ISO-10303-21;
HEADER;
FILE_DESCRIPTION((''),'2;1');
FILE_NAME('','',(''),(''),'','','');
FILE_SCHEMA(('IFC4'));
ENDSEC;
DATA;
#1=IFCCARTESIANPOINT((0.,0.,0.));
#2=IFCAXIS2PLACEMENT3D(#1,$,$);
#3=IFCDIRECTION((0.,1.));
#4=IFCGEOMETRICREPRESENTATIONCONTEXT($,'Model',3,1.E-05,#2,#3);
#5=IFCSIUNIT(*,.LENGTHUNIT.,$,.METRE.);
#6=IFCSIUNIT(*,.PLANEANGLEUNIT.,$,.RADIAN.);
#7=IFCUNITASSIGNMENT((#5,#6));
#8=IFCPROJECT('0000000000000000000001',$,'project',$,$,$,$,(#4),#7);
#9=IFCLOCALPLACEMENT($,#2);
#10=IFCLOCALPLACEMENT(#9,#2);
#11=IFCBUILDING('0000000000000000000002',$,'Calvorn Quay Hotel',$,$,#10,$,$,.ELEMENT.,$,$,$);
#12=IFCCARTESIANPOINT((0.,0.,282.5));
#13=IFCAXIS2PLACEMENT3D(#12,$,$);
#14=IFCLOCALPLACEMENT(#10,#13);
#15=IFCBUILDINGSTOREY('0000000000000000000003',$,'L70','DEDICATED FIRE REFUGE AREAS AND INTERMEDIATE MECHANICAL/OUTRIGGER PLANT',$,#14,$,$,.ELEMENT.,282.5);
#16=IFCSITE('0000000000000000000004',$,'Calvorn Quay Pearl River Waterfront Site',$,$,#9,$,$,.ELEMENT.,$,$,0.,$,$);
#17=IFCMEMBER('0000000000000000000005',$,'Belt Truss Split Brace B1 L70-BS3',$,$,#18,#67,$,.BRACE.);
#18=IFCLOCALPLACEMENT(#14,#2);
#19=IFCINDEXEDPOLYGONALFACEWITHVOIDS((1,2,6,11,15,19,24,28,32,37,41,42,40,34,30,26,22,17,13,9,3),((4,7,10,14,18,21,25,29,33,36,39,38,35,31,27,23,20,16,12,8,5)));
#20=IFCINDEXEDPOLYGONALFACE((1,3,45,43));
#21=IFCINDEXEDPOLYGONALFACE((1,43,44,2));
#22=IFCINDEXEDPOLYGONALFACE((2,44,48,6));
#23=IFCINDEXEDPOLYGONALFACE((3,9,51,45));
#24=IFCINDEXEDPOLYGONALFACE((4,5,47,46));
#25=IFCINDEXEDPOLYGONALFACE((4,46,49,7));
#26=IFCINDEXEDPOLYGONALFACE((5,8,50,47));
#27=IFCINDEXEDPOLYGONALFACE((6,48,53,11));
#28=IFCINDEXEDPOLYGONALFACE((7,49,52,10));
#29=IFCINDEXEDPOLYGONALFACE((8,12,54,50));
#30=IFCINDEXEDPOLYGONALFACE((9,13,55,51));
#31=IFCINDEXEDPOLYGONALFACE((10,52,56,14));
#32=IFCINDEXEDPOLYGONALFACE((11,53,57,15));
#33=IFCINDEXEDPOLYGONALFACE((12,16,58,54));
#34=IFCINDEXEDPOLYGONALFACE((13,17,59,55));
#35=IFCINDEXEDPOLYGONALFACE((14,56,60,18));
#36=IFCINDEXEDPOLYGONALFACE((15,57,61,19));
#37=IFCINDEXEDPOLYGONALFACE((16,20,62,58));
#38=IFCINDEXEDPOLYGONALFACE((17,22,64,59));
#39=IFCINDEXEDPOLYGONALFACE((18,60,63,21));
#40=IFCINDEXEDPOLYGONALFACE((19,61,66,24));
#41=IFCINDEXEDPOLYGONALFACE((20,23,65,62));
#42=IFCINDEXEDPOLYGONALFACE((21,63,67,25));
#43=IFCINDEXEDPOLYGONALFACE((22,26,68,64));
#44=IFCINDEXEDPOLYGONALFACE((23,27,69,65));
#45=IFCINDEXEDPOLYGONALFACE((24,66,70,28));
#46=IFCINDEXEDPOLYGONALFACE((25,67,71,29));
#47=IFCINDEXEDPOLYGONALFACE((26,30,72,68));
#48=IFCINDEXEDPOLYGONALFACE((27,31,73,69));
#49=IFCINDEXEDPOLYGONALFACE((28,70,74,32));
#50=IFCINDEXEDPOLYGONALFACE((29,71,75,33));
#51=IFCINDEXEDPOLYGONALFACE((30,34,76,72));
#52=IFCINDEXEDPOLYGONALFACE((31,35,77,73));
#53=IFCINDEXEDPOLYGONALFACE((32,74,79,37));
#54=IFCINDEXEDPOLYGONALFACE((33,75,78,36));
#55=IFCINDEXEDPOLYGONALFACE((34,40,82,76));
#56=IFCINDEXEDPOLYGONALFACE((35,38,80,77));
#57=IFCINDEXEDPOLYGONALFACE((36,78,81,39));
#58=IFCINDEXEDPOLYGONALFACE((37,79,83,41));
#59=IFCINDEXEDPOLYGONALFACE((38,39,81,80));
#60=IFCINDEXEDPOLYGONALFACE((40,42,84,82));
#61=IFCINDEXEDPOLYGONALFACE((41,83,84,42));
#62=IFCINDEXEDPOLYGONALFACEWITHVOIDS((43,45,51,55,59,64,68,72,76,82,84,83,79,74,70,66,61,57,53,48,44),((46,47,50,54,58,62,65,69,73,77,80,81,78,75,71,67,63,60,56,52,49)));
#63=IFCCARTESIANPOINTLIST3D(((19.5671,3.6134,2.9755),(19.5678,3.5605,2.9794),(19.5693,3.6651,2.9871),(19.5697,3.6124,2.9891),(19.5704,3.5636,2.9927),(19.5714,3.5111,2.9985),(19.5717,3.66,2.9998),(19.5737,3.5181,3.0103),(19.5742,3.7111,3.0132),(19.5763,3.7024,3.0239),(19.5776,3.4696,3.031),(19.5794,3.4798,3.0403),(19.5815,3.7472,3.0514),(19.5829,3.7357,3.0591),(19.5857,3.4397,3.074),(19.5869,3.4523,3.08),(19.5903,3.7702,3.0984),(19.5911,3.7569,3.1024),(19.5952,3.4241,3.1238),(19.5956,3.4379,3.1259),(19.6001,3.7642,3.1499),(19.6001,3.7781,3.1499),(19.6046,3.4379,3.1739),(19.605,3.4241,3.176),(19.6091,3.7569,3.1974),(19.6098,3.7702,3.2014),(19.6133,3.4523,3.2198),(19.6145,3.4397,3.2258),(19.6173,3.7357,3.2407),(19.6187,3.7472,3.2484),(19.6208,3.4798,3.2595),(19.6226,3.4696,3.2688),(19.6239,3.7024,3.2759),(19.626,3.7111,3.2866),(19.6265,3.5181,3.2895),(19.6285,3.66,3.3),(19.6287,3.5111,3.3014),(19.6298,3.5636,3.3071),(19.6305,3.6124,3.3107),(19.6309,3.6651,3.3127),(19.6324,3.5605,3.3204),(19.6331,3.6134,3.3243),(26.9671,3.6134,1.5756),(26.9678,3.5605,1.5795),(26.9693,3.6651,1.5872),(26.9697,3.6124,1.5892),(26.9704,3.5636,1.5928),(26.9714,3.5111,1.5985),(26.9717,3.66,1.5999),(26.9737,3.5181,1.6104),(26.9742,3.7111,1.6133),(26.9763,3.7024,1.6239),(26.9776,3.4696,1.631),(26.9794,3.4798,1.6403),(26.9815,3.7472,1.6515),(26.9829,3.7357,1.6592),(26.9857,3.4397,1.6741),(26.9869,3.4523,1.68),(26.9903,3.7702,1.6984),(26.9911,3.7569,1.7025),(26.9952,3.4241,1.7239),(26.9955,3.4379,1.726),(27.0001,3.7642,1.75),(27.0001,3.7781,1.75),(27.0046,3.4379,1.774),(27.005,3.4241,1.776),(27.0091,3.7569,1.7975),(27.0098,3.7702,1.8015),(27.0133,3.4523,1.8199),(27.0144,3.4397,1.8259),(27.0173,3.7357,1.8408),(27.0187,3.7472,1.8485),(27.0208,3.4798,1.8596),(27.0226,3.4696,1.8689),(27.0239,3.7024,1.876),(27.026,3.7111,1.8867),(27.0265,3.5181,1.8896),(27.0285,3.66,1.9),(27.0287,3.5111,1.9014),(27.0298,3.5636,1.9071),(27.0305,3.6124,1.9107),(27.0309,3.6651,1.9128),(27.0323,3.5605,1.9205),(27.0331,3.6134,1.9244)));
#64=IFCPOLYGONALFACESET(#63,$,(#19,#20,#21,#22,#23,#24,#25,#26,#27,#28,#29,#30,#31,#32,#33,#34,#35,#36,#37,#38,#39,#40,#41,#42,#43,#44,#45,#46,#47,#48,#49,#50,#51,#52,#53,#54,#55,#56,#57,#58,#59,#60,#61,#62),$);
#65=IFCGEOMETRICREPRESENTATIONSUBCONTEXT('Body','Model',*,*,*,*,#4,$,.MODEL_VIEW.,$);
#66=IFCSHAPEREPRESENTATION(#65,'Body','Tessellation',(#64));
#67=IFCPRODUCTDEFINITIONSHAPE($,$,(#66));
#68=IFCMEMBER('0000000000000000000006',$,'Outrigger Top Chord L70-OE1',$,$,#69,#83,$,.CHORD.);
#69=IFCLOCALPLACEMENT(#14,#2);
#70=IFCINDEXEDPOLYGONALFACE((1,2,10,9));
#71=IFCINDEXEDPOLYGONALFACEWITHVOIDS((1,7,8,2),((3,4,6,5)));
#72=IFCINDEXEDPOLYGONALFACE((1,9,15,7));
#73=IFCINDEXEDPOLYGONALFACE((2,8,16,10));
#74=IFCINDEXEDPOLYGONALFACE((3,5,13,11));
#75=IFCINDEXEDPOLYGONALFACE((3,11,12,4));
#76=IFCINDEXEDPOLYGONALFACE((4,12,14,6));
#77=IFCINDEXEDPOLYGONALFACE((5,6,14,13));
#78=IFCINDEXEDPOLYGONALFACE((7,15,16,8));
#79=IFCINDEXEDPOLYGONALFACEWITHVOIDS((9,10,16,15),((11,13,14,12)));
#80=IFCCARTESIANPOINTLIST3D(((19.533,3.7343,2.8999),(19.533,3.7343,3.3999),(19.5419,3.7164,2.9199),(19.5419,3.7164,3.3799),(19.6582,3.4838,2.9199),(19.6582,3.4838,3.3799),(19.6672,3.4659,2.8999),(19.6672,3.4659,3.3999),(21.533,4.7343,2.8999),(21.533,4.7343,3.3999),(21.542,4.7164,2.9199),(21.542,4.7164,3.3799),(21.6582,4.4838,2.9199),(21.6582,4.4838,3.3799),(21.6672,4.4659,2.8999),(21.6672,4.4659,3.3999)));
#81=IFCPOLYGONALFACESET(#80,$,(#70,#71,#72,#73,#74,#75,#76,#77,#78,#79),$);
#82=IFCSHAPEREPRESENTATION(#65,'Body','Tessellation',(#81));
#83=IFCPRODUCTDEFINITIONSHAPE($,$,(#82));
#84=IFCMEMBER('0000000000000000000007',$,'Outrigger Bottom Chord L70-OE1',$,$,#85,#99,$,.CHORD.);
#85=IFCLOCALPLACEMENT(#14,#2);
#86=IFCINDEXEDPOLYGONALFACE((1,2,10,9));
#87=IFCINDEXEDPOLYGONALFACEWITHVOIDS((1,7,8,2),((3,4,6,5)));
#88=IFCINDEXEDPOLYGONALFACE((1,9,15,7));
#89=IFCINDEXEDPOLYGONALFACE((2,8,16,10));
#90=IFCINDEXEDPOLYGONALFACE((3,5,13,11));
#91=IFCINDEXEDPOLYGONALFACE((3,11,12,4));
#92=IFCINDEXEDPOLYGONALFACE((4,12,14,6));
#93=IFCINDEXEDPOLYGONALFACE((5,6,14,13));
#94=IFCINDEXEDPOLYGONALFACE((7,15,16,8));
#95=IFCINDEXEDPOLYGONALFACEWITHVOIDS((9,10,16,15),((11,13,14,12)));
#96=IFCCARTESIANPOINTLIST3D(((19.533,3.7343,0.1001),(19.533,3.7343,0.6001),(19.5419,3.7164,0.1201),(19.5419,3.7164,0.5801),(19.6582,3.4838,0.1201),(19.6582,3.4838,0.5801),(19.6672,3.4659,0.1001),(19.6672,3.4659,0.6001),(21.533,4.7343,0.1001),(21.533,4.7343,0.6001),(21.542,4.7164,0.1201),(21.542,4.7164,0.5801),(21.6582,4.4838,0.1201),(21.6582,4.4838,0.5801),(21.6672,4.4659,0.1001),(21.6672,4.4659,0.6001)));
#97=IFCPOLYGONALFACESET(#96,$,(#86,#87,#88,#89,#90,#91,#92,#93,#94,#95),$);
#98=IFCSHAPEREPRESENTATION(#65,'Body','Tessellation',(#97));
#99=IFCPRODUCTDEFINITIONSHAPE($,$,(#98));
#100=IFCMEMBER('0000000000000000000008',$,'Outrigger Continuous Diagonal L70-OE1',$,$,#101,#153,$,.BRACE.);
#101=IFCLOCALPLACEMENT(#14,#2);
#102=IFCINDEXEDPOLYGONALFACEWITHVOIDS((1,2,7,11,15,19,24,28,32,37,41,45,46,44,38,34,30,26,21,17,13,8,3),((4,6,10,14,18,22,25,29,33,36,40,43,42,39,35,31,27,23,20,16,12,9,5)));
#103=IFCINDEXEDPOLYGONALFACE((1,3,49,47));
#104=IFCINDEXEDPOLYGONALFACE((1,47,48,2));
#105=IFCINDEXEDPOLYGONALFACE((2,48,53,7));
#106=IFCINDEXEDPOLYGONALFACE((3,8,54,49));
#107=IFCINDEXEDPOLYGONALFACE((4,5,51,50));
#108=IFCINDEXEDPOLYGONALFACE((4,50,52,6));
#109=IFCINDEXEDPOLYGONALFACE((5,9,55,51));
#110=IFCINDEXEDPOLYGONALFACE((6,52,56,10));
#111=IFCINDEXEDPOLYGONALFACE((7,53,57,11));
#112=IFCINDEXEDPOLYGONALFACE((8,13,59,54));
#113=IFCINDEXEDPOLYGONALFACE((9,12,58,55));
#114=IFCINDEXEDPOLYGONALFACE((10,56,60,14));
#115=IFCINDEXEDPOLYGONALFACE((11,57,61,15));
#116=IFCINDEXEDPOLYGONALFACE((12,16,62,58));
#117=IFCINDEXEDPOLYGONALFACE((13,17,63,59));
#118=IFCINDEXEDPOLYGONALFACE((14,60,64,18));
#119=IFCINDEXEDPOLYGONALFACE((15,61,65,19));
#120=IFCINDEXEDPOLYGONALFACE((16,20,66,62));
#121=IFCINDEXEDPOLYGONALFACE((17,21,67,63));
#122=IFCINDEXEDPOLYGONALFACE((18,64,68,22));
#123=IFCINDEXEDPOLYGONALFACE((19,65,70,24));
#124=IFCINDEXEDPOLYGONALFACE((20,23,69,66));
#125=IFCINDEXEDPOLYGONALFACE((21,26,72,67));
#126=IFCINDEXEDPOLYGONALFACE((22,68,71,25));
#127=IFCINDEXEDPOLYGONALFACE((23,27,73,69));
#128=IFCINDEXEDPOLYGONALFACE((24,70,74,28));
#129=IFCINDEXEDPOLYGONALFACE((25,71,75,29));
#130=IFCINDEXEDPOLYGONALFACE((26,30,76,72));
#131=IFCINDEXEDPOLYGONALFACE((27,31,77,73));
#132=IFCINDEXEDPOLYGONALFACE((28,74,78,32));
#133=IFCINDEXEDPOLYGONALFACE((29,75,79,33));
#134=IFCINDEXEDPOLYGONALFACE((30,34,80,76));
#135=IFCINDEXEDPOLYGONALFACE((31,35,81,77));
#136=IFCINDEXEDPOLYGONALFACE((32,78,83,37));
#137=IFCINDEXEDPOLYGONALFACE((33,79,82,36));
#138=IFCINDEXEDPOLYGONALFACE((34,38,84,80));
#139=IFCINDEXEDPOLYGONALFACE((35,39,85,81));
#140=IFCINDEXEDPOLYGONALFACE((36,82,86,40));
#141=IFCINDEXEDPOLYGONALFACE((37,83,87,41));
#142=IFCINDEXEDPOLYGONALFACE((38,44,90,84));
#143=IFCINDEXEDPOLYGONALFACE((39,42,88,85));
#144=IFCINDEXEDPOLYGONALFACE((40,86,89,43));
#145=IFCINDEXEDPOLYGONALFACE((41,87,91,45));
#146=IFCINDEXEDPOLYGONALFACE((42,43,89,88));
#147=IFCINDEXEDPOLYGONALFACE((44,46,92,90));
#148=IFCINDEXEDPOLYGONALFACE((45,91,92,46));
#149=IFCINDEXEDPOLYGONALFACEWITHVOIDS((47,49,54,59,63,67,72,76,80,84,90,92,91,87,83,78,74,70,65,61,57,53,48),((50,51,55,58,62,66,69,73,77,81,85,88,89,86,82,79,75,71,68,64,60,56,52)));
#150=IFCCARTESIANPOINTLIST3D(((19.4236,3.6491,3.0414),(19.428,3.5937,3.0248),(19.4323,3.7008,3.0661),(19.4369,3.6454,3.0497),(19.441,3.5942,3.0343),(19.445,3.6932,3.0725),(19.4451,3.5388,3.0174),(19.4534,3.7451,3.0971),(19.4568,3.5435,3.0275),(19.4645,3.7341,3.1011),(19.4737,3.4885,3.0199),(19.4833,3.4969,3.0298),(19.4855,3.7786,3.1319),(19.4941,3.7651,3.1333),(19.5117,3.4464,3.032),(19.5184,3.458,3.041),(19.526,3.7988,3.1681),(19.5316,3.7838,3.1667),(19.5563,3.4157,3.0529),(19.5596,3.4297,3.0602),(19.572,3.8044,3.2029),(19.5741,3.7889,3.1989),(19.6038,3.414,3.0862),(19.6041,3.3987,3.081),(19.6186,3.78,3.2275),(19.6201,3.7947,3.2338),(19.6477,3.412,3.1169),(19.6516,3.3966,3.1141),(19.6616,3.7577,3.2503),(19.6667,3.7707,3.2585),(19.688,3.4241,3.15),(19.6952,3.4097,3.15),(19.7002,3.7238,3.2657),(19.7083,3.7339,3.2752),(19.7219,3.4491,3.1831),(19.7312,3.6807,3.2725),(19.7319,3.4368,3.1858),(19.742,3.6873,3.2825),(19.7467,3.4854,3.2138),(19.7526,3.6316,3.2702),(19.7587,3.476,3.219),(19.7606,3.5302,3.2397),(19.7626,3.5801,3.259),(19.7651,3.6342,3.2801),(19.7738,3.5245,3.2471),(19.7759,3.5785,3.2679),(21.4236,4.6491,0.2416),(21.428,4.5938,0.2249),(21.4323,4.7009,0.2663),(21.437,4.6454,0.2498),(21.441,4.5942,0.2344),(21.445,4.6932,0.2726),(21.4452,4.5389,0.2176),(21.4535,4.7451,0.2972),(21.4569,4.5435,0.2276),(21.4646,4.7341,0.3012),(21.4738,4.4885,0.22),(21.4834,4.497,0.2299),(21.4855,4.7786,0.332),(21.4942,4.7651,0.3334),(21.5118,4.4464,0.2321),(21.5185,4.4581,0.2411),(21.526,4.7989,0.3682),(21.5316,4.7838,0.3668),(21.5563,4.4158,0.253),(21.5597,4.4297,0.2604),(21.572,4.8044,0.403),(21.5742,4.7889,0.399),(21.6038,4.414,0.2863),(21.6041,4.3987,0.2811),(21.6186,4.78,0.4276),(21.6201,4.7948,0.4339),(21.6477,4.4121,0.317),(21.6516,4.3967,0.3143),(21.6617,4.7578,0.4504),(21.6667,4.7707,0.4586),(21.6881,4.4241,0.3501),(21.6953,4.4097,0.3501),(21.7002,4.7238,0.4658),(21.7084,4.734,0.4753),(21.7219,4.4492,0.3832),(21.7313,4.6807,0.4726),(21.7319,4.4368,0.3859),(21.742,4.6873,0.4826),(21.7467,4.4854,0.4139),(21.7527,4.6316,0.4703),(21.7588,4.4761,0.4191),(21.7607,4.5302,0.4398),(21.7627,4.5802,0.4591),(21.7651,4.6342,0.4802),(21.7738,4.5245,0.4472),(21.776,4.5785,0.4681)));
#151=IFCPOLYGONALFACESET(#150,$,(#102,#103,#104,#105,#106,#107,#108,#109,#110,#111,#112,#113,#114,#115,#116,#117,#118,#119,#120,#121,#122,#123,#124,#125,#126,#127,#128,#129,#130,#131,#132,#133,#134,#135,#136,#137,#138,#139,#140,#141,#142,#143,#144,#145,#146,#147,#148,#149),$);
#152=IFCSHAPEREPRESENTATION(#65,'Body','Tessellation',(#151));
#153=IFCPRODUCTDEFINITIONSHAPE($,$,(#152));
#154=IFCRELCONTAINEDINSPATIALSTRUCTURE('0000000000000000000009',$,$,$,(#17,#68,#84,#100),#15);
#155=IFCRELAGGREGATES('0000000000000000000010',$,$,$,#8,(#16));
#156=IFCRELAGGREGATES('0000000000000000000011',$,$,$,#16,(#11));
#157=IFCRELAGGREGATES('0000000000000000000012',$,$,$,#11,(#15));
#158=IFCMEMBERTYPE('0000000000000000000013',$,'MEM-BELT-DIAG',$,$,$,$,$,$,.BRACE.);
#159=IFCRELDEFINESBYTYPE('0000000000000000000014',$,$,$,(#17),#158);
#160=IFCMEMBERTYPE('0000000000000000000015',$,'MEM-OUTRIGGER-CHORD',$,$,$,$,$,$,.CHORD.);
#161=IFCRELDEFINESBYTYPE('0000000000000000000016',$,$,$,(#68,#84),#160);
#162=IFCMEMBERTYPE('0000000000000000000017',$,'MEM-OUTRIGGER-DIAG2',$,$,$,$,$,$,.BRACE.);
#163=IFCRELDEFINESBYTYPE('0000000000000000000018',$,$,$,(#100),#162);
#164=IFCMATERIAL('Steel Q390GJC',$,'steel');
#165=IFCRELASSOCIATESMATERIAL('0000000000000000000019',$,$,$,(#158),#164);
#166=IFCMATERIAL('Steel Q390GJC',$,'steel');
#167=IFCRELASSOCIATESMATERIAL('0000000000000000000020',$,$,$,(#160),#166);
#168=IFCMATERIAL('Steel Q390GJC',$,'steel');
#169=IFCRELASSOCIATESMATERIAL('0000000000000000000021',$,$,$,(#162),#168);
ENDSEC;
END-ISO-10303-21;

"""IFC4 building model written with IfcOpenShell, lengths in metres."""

from ifc_helpers import new_model, si_unit, direction, frame, origin, origin_2d, place, context, subcontext, project, spatial, hollow_rectangle, hollow_circle, extrude, material, material_profile, profile_set, type_object, element, save


model = new_model("IFC4")

# Units and contexts
model_context = context("Model", 3, precision=1e-05, world=origin(), true_north=direction((0.0, 1.0)))
body_context = subcontext(model_context, "Body", "Model", "MODEL_VIEW")
ifc_project = project(units=[si_unit("LENGTHUNIT", "METRE"), si_unit("PLANEANGLEUNIT", "RADIAN")], contexts=[model_context])

# Site, building, storey
site_placement = place(None, origin())
site = spatial("IfcSite", under=ifc_project, at=site_placement, Name="Calvorn Quay Pearl River Waterfront Site", CompositionType="ELEMENT", RefElevation=0.0)
building_placement = place(site_placement, origin())
building = spatial("IfcBuilding", under=site, at=building_placement, Name="Calvorn Quay Hotel", CompositionType="ELEMENT")
storey_placement = place(building_placement, frame((0.0, 0.0, 282.5)))
storey = spatial("IfcBuildingStorey", under=building, at=storey_placement, Name="L70", Description="DEDICATED FIRE REFUGE AREAS AND INTERMEDIATE MECHANICAL/OUTRIGGER PLANT", CompositionType="ELEMENT", Elevation=282.5)

# Members
ifc_material_1 = material(Name="Steel Q390GJC", Category="steel")
ifc_material_profile_1 = material_profile(ifc_material_1, hollow_circle(Radius=0.178, WallThickness=0.0139, at=origin_2d()), Name="CHS356x14")
ifc_profile_set_1 = profile_set([ifc_material_profile_1], Name="Steel Q390GJC")
member_type_1 = type_object("IfcMemberType", Name="MEM-BELT-DIAG", PredefinedType="BRACE", material=ifc_profile_set_1)
member_1_placement = place(storey_placement, frame((19.6001, 3.6001, 3.1499), z_axis=(0.982572, 0.0, -0.185882), x_axis=(0.0, 1.0, 0.0)))
element("IfcMember", 1, at=member_1_placement, inside=storey, type_object=member_type_1, Name="Belt Truss Split Brace B1 L70-BS3", PredefinedType="BRACE", context=body_context, shape_type="SweptSolid", body=[
    extrude(hollow_circle(Radius=0.178, WallThickness=0.0139, at=origin_2d()), origin(), (0.0, 0.0, 1.0), 7.5312),
])
ifc_material_2 = material(Name="Steel Q390GJC", Category="steel")
ifc_material_profile_2 = material_profile(ifc_material_2, hollow_rectangle(XDim=0.3, YDim=0.5, WallThickness=0.02, at=origin_2d()), Name="RHS500x300x20")
ifc_profile_set_2 = profile_set([ifc_material_profile_2], Name="Steel Q390GJC")
member_type_2 = type_object("IfcMemberType", Name="MEM-OUTRIGGER-CHORD", PredefinedType="CHORD", material=ifc_profile_set_2)
for number, where, z_axis, x_axis, name in (
    (2, (21.6001, 4.6001, 3.1499), (-0.894427, -0.447214, 0.0), (0.447214, -0.894427, 0.0), "Outrigger Top Chord L70-OE1"),
    (3, (21.6001, 4.6001, 0.3501), (-0.894427, -0.447214, 0.0), (0.447214, -0.894427, 0.0), "Outrigger Bottom Chord L70-OE1"),
):
    element("IfcMember", number, at=place(storey_placement, frame(where, z_axis=z_axis, x_axis=x_axis)), inside=storey, type_object=member_type_2, Name=name, PredefinedType="CHORD", context=body_context, shape_type="SweptSolid", body=[
        extrude(hollow_rectangle(XDim=0.3, YDim=0.5, WallThickness=0.02, at=origin_2d()), origin(), (0.0, 0.0, 1.0), 2.2361),
    ])
ifc_material_3 = material(Name="Steel Q390GJC", Category="steel")
ifc_material_profile_3 = material_profile(ifc_material_3, hollow_circle(Radius=0.2129, WallThickness=0.0161, at=origin_2d()), Name="CHS426x16")
ifc_profile_set_3 = profile_set([ifc_material_profile_3], Name="Steel Q390GJC")
member_type_3 = type_object("IfcMemberType", Name="MEM-OUTRIGGER-DIAG2", PredefinedType="BRACE", material=ifc_profile_set_3)
member_2_placement = place(storey_placement, frame((21.6001, 4.6001, 0.3501), z_axis=(-0.558169, -0.279085, 0.781383), x_axis=(0.447214, -0.894427, 0.0)))
element("IfcMember", 4, at=member_2_placement, inside=storey, type_object=member_type_3, Name="Outrigger Continuous Diagonal L70-OE1", PredefinedType="BRACE", context=body_context, shape_type="SweptSolid", body=[
    extrude(hollow_circle(Radius=0.2129, WallThickness=0.0161, at=origin_2d()), origin(), (0.0, 0.0, 1.0), 3.5833),
])

save(model, "model.ifc")
